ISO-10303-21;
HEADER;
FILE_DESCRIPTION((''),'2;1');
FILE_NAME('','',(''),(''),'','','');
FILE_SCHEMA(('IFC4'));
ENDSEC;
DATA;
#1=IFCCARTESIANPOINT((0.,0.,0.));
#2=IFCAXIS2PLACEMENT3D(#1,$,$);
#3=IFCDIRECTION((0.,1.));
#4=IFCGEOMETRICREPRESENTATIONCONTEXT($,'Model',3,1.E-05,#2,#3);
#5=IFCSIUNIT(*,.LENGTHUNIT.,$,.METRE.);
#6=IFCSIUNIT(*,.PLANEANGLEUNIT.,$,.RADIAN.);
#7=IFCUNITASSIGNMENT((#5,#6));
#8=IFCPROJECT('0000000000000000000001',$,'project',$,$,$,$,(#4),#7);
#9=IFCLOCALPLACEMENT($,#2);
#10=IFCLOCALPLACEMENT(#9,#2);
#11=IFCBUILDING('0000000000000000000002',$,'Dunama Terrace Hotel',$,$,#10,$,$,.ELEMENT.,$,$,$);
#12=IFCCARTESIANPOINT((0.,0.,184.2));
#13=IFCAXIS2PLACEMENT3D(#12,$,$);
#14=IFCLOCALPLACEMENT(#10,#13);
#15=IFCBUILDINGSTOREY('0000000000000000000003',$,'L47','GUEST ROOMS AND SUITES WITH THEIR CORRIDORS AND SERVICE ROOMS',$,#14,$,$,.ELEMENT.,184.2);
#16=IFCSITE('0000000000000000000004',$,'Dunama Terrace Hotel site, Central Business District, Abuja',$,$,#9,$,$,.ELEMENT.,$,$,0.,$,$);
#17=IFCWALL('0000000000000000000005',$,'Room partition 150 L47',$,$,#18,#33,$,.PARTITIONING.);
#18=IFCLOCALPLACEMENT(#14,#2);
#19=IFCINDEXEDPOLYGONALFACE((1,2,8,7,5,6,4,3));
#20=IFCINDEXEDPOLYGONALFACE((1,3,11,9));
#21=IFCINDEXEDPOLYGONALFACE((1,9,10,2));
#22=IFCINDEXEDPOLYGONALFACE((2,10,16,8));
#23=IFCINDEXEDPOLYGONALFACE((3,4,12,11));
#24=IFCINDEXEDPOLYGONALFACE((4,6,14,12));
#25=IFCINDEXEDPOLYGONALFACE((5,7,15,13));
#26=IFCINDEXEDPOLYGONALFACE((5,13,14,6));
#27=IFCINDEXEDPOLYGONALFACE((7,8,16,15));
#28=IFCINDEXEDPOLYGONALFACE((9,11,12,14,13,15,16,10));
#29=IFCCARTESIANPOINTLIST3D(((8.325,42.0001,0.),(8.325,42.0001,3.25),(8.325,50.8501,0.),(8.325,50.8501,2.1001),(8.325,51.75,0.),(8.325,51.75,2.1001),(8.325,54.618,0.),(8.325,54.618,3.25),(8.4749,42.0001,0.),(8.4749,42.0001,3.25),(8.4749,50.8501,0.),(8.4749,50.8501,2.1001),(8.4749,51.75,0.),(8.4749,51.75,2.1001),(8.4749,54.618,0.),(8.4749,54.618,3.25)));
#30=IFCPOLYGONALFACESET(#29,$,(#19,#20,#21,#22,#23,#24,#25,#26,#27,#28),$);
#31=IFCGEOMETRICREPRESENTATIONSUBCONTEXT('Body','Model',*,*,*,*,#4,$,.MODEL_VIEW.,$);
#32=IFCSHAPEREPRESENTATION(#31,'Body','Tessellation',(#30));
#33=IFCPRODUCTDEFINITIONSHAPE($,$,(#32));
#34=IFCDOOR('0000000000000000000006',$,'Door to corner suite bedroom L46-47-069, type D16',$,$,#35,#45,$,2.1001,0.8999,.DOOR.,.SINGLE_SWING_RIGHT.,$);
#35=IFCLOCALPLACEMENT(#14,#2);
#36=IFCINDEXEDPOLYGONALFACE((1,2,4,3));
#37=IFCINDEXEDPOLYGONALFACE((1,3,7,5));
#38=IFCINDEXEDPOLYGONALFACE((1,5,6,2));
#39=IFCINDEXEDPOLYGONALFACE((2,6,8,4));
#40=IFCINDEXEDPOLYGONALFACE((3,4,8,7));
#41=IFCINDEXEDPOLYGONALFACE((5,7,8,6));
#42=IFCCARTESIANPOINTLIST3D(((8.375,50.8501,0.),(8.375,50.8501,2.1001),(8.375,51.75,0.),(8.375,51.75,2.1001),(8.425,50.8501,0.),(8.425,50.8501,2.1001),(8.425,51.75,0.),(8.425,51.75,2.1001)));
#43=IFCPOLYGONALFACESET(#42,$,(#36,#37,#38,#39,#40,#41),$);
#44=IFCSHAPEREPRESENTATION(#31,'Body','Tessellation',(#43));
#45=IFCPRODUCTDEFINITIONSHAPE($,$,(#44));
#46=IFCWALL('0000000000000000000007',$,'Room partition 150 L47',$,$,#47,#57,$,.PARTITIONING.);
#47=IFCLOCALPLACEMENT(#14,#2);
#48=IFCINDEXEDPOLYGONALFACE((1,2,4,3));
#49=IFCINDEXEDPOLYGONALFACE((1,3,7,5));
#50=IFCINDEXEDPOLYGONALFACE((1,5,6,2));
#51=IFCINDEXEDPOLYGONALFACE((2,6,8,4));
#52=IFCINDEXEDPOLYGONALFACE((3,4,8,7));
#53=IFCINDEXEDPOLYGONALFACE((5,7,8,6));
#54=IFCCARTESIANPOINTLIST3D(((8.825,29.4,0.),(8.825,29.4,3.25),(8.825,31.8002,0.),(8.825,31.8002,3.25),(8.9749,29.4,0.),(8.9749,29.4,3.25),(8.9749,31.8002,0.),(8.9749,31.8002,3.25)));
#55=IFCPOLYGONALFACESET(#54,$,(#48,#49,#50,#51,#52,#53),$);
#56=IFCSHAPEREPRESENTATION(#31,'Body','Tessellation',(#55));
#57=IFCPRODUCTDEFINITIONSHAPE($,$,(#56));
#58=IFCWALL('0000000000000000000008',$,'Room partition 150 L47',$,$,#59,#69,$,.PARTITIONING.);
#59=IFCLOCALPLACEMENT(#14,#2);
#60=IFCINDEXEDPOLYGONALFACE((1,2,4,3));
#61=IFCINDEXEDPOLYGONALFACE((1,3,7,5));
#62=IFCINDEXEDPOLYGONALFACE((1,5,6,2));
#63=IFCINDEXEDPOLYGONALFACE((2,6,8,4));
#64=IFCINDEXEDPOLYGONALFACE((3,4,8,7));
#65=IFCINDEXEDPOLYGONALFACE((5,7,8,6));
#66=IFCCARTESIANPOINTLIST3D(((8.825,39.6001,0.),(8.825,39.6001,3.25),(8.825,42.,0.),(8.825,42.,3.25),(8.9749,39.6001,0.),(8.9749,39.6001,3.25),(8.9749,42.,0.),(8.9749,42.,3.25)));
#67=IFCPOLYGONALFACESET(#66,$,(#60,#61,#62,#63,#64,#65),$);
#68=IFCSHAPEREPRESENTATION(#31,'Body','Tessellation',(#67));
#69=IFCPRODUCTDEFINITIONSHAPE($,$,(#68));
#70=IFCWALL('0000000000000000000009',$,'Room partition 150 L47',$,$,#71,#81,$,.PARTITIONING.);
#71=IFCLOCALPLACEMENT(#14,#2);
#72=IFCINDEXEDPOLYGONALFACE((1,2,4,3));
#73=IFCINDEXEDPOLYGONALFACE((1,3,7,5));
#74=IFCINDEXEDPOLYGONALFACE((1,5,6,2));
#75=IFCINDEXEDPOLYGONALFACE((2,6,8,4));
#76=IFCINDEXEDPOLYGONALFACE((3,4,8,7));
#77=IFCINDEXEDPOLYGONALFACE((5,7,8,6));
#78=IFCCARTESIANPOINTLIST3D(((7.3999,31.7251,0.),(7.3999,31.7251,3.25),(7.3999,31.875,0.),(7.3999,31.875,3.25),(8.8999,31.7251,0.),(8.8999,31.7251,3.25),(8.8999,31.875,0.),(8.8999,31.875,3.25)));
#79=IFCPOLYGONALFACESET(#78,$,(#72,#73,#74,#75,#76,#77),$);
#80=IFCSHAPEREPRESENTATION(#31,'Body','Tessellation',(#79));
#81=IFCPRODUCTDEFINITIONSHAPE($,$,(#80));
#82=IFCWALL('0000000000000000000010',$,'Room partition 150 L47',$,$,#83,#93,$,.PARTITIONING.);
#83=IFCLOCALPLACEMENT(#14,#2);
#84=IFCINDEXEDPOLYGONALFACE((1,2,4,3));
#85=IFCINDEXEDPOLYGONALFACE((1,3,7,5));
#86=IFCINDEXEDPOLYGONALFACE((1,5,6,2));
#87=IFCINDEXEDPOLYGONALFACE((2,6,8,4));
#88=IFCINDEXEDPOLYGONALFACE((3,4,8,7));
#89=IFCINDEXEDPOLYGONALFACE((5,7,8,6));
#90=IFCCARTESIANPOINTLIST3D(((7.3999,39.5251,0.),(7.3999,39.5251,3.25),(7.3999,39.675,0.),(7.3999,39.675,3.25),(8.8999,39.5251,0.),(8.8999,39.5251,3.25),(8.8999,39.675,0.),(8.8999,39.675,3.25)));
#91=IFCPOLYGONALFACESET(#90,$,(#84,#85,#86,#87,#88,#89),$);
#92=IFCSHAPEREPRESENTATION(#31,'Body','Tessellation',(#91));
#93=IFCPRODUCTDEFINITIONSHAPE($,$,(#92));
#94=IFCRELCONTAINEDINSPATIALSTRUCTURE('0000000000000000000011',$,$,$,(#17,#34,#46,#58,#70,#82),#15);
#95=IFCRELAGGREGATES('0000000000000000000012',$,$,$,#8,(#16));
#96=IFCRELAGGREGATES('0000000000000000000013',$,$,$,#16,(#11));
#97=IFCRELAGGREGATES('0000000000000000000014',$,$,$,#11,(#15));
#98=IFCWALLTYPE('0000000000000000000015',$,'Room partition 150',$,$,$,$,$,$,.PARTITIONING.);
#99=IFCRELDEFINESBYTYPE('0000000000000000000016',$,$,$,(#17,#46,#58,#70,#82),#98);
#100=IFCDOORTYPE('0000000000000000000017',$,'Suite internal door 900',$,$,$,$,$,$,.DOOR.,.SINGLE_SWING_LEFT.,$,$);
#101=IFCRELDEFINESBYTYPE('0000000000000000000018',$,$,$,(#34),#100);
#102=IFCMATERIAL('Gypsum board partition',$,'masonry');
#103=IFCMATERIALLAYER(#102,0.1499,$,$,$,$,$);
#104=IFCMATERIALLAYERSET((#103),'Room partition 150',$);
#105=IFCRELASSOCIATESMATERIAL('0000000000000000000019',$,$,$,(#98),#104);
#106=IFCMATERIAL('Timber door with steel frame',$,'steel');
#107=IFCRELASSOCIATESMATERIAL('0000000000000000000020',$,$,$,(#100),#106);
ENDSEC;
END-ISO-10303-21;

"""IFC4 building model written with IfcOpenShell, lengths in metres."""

from ifc_helpers import new_model, si_unit, direction, frame, frame_2d, origin, place, context, subcontext, project, spatial, rectangle, extrude, material, layer, layer_set, type_object, element, fill, save


model = new_model("IFC4")

# Units and contexts
model_context = context("Model", 3, precision=1e-05, world=origin(), true_north=direction((0.0, 1.0)))
body_context = subcontext(model_context, "Body", "Model", "MODEL_VIEW")
ifc_project = project(units=[si_unit("LENGTHUNIT", "METRE"), si_unit("PLANEANGLEUNIT", "RADIAN")], contexts=[model_context])

# Site, building, storey
site_placement = place(None, origin())
site = spatial("IfcSite", under=ifc_project, at=site_placement, Name="Dunama Terrace Hotel site, Central Business District, Abuja", CompositionType="ELEMENT", RefElevation=0.0)
building_placement = place(site_placement, origin())
building = spatial("IfcBuilding", under=site, at=building_placement, Name="Dunama Terrace Hotel", CompositionType="ELEMENT")
storey_placement = place(building_placement, frame((0.0, 0.0, 184.2)))
storey = spatial("IfcBuildingStorey", under=building, at=storey_placement, Name="L47", Description="GUEST ROOMS AND SUITES WITH THEIR CORRIDORS AND SERVICE ROOMS", CompositionType="ELEMENT", Elevation=184.2)

# Wall, opening, door
ifc_material_1 = material(Name="Gypsum board partition", Category="masonry")
ifc_layer_1 = layer(ifc_material_1, 0.1499)
ifc_layer_set_1 = layer_set([ifc_layer_1], Name="Room partition 150")
wall_type_1 = type_object("IfcWallType", Name="Room partition 150", PredefinedType="PARTITIONING", material=ifc_layer_set_1)
ifc_material_2 = material(Name="Timber door with steel frame", Category="steel")
door_type_1 = type_object("IfcDoorType", Name="Suite internal door 900", OperationType="SINGLE_SWING_LEFT", PredefinedType="DOOR", material=ifc_material_2)
wall_1_placement = place(storey_placement, frame((8.3999, 42.0, 0.0), z_axis=(0.0, 0.0, 1.0), x_axis=(0.0, 1.0, 0.0)))
wall_1 = element("IfcWall", 1, at=wall_1_placement, inside=storey, type_object=wall_type_1, Name="Room partition 150 L47", PredefinedType="PARTITIONING", context=body_context, shape_type="SweptSolid", body=[
    extrude(rectangle(XDim=12.6179, YDim=0.1499, at=frame_2d((6.3091, 0.0))), origin(), (0.0, 0.0, 1.0), 3.25),
])
opening_1_placement = place(wall_1_placement, frame((8.8501, 0.0, 0.0)))
opening_1 = element("IfcOpeningElement", 2, at=opening_1_placement, cuts=wall_1, PredefinedType="OPENING", context=body_context, shape_type="SweptSolid", body=[
    extrude(rectangle(XDim=0.8999, YDim=2.1001, at=frame_2d((0.45, 1.05))), frame((0.0, 0.085, 0.0), z_axis=(0.0, -1.0, 0.0), x_axis=(1.0, 0.0, 0.0)), (0.0, 0.0, 1.0), 0.1699),
])
door_1_placement = place(opening_1_placement, origin())
door_1 = element("IfcDoor", 3, at=door_1_placement, inside=storey, type_object=door_type_1, Name="Door to corner suite bedroom L46-47-069, type D16", OperationType="SINGLE_SWING_RIGHT", OverallHeight=2.1001, OverallWidth=0.8999, PredefinedType="DOOR", context=body_context, shape_type="SweptSolid", body=[
    extrude(rectangle(XDim=0.8999, YDim=2.1001, at=frame_2d((0.45, 1.05))), frame((0.0, 0.0249, 0.0), z_axis=(0.0, -1.0, 0.0), x_axis=(1.0, 0.0, 0.0)), (0.0, 0.0, 1.0), 0.05),
])
fill(opening_1, door_1)

# Walls
wall_2_placement = place(storey_placement, frame((8.8999, 29.3999, 0.0), z_axis=(0.0, 0.0, 1.0), x_axis=(0.0, 1.0, 0.0)))
element("IfcWall", 4, at=wall_2_placement, inside=storey, type_object=wall_type_1, Name="Room partition 150 L47", PredefinedType="PARTITIONING", context=body_context, shape_type="SweptSolid", body=[
    extrude(rectangle(XDim=2.4001, YDim=0.1499, at=frame_2d((1.2002, 0.0))), origin(), (0.0, 0.0, 1.0), 3.25),
])
wall_3_placement = place(storey_placement, frame((8.8999, 39.6001, 0.0), z_axis=(0.0, 0.0, 1.0), x_axis=(0.0, 1.0, 0.0)))
element("IfcWall", 5, at=wall_3_placement, inside=storey, type_object=wall_type_1, Name="Room partition 150 L47", PredefinedType="PARTITIONING", context=body_context, shape_type="SweptSolid", body=[
    extrude(rectangle(XDim=2.3999, YDim=0.1499, at=frame_2d((1.2, 0.0))), origin(), (0.0, 0.0, 1.0), 3.25),
])
for number, where, z_axis, x_axis, name in (
    (6, (7.3999, 31.8, 0.0), (0.0, 0.0, 1.0), (1.0, 0.0, 0.0), "Room partition 150 L47"),
    (7, (7.3999, 39.6001, 0.0), (0.0, 0.0, 1.0), (1.0, 0.0, 0.0), "Room partition 150 L47"),
):
    element("IfcWall", number, at=place(storey_placement, frame(where, z_axis=z_axis, x_axis=x_axis)), inside=storey, type_object=wall_type_1, Name=name, PredefinedType="PARTITIONING", context=body_context, shape_type="SweptSolid", body=[
        extrude(rectangle(XDim=1.5, YDim=0.1499, at=frame_2d((0.75, 0.0))), origin(), (0.0, 0.0, 1.0), 3.25),
    ])

save(model, "model.ifc")
